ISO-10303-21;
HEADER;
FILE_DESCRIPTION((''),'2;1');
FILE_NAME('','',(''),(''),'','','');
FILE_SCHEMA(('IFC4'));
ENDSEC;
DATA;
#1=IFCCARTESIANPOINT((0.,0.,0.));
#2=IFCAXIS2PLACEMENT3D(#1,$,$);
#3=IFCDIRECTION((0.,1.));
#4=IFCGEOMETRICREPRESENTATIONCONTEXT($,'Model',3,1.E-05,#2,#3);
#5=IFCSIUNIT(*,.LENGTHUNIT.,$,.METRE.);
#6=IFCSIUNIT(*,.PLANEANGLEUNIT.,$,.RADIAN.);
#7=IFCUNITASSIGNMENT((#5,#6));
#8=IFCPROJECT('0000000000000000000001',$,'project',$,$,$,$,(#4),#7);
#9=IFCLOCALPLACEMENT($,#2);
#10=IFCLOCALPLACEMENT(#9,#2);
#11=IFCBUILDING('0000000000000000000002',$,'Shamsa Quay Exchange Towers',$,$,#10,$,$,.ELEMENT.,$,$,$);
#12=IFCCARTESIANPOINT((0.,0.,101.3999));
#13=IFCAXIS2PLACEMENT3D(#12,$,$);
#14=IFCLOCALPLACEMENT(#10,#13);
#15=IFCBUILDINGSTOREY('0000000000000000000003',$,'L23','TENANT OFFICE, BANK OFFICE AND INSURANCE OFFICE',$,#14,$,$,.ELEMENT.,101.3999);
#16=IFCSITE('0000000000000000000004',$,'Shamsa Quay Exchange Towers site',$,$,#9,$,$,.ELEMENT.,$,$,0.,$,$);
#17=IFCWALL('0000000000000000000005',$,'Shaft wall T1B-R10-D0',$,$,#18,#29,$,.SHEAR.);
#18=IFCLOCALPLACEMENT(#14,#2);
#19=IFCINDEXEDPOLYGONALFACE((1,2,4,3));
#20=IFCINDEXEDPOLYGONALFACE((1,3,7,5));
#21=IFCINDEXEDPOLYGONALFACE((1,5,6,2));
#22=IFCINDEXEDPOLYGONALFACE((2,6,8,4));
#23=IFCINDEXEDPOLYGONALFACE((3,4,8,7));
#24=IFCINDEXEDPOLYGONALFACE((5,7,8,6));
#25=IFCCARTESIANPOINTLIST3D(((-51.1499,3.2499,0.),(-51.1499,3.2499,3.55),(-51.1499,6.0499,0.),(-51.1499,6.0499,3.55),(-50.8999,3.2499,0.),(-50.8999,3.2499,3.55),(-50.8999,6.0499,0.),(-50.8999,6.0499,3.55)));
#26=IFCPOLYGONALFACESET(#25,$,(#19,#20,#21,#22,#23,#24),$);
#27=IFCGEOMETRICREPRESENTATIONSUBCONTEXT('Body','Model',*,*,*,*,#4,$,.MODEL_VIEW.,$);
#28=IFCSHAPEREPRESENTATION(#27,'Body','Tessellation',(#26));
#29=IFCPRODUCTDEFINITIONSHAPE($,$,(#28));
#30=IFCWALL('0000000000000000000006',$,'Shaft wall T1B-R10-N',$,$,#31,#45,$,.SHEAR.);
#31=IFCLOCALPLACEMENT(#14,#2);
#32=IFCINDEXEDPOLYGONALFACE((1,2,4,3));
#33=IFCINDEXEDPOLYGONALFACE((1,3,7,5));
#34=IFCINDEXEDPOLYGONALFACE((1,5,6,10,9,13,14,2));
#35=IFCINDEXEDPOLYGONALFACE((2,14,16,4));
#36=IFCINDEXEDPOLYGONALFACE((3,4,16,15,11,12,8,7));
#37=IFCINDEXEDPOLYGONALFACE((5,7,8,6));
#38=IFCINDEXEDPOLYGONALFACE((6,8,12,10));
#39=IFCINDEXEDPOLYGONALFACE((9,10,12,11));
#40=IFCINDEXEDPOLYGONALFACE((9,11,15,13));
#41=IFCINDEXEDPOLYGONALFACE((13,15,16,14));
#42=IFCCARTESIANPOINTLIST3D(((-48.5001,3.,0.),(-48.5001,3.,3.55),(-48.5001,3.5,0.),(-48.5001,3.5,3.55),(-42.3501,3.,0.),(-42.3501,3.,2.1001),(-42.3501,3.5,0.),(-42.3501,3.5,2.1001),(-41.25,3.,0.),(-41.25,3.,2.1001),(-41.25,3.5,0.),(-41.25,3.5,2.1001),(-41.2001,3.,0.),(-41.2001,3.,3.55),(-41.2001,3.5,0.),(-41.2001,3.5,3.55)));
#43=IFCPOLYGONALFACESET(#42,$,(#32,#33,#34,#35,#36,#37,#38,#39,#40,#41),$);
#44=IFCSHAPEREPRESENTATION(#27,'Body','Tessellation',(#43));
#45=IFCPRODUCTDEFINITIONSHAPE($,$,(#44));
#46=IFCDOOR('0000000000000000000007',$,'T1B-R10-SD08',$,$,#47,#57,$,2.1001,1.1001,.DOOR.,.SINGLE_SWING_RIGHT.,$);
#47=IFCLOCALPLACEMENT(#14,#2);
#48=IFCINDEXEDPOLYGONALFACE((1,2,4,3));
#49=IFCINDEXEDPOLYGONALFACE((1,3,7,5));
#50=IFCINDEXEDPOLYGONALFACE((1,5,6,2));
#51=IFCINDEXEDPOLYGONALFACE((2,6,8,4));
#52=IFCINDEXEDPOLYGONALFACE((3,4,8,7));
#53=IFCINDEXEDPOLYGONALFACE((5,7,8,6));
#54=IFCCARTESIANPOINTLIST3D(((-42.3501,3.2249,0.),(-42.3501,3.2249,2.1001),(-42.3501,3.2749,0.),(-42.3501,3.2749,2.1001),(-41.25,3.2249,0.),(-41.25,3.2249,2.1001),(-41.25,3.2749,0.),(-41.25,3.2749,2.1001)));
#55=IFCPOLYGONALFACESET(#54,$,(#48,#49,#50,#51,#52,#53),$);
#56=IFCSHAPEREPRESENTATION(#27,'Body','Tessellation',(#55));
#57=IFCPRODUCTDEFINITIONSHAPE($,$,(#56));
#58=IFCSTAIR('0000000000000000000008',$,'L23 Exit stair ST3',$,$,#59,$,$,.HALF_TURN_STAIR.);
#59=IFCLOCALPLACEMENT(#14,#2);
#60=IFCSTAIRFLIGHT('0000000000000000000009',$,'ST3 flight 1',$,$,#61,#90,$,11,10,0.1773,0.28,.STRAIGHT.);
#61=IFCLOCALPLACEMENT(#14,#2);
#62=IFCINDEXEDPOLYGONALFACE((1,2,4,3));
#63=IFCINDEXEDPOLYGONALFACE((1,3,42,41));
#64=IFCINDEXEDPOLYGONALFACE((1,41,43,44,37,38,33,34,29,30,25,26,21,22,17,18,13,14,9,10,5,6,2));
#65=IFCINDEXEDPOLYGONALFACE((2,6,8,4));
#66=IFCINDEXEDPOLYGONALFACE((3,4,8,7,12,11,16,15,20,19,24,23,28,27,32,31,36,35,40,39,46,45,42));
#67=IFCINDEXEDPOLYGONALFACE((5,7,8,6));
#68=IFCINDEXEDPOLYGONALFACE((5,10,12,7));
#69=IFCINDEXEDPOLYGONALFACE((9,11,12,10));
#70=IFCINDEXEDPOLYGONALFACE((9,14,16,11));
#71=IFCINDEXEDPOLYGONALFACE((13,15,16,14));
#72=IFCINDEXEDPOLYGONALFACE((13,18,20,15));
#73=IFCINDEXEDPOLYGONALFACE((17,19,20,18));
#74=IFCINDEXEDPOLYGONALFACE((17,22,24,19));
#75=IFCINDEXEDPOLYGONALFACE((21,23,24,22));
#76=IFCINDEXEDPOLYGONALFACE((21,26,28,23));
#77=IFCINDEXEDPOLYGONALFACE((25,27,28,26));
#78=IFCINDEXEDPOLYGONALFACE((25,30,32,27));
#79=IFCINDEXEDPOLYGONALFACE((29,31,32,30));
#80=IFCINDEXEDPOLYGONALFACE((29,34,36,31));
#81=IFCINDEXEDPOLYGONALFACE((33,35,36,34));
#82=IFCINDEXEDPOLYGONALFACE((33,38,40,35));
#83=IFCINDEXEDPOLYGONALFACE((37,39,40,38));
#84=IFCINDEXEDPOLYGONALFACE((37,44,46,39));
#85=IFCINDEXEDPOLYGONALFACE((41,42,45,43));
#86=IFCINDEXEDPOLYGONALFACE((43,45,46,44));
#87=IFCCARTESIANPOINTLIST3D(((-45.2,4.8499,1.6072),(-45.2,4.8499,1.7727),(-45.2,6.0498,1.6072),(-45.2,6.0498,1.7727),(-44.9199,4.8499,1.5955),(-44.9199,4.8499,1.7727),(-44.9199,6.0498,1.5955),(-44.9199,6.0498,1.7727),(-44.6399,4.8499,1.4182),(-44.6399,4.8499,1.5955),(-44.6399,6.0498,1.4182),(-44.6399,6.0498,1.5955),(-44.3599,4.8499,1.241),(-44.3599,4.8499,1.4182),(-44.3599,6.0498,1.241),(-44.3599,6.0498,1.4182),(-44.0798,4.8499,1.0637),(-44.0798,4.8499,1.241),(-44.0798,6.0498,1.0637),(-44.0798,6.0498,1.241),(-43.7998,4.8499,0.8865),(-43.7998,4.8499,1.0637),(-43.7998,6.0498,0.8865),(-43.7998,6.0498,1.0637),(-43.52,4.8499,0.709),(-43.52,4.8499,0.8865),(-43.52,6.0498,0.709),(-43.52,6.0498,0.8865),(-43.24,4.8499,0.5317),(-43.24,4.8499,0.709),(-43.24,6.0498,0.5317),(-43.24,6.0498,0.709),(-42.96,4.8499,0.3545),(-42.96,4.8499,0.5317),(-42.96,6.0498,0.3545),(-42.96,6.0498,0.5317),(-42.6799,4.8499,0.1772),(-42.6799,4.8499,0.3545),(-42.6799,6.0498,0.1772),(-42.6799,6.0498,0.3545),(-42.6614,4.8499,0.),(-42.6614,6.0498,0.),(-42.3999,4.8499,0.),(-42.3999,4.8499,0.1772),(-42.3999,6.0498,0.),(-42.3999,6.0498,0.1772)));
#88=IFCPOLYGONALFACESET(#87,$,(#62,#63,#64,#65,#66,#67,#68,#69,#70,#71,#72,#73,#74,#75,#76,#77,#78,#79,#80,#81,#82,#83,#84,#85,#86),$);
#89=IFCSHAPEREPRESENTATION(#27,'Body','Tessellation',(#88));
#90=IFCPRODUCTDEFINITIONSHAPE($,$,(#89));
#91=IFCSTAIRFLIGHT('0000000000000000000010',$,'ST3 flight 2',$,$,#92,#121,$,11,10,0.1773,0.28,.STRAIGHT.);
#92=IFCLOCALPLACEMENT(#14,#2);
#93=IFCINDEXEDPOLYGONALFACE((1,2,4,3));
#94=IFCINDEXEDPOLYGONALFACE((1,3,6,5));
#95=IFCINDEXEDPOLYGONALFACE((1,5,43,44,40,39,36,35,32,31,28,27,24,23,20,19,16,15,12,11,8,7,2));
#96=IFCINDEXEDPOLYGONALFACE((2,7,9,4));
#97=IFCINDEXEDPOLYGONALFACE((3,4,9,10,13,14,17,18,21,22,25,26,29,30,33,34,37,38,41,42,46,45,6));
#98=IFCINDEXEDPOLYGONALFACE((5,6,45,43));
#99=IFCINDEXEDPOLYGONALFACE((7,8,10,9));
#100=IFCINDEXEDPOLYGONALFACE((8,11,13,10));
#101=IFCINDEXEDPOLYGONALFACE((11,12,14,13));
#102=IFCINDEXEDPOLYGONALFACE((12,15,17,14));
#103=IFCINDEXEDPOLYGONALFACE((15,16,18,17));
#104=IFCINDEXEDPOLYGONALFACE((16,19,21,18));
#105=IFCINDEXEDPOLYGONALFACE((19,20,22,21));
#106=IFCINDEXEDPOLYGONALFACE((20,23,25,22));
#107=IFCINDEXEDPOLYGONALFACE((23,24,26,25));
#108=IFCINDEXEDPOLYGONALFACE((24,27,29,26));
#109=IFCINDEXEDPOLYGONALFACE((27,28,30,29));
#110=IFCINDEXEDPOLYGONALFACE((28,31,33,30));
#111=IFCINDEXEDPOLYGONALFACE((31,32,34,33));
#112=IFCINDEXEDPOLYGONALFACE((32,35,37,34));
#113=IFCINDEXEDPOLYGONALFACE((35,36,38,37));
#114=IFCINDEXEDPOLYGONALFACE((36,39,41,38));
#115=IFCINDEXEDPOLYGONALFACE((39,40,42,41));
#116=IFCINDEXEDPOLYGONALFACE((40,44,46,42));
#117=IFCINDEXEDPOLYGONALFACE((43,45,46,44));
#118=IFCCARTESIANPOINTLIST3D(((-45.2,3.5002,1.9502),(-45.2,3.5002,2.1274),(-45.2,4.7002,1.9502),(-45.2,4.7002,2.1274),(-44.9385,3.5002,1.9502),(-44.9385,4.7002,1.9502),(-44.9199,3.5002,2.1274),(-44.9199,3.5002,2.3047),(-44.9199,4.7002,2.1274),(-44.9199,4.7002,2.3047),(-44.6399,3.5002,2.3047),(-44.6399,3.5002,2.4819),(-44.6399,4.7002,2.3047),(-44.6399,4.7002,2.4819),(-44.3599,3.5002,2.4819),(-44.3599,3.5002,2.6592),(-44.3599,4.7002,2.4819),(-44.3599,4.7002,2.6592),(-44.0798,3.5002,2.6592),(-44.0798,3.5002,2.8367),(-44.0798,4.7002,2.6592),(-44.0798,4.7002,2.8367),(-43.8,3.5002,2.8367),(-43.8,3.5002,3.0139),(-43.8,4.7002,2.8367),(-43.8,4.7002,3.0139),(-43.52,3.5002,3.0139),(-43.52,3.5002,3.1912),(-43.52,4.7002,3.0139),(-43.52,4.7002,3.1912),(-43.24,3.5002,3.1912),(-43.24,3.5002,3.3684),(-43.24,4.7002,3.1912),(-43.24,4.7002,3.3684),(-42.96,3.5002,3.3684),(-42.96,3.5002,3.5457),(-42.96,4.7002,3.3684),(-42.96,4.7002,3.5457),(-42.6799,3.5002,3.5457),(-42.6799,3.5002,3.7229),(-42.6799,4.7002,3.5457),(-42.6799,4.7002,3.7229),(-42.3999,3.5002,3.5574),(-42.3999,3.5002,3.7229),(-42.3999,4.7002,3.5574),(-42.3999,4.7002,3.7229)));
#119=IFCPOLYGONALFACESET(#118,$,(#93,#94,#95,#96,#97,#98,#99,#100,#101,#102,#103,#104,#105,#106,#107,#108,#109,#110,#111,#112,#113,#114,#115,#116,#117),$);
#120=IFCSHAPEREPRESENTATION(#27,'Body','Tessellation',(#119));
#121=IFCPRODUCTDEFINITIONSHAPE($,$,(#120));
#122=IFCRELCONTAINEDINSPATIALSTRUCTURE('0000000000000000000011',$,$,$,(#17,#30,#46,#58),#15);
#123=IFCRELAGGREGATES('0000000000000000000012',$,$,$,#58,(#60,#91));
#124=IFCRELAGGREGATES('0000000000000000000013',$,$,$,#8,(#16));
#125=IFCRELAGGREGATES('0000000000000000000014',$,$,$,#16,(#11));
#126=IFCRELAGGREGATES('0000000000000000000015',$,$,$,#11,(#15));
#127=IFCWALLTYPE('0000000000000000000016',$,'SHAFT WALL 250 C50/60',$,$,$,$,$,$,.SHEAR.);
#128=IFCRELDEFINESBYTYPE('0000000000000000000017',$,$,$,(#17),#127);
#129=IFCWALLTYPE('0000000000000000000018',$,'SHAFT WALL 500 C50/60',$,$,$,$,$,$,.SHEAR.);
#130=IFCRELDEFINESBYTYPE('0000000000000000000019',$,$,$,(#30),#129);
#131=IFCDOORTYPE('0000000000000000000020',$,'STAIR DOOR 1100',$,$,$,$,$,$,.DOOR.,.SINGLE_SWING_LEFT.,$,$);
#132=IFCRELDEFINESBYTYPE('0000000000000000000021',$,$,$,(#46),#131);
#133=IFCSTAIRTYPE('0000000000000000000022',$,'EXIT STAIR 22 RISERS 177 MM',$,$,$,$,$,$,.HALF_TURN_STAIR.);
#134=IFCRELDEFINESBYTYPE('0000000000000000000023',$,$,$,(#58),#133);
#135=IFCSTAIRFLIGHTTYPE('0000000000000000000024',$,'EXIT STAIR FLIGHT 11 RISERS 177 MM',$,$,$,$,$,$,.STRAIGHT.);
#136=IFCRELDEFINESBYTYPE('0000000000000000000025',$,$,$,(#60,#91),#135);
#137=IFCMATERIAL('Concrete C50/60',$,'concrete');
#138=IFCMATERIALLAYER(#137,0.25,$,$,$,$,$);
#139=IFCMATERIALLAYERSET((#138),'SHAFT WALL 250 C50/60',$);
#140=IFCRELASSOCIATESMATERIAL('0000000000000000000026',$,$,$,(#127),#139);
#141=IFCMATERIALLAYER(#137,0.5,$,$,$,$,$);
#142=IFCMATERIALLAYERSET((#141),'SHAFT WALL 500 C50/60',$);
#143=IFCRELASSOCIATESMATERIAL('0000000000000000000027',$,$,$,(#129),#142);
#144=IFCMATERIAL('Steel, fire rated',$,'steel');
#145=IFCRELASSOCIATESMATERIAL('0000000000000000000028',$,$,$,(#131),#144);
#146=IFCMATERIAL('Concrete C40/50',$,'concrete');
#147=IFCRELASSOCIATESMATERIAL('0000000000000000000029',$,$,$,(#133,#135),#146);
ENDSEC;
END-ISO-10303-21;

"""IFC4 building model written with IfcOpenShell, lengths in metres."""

from ifc_helpers import new_model, si_unit, direction, frame, frame_2d, origin, place, context, subcontext, project, spatial, polyline, rectangle, outline, extrude, material, layer, layer_set, type_object, element, fill, aggregate, save


model = new_model("IFC4")

# Units and contexts
model_context = context("Model", 3, precision=1e-05, world=origin(), true_north=direction((0.0, 1.0)))
body_context = subcontext(model_context, "Body", "Model", "MODEL_VIEW")
ifc_project = project(units=[si_unit("LENGTHUNIT", "METRE"), si_unit("PLANEANGLEUNIT", "RADIAN")], contexts=[model_context])

# Site, building, storey
site_placement = place(None, origin())
site = spatial("IfcSite", under=ifc_project, at=site_placement, Name="Shamsa Quay Exchange Towers site", CompositionType="ELEMENT", RefElevation=0.0)
building_placement = place(site_placement, origin())
building = spatial("IfcBuilding", under=site, at=building_placement, Name="Shamsa Quay Exchange Towers", CompositionType="ELEMENT")
storey_placement = place(building_placement, frame((0.0, 0.0, 101.3999)))
storey = spatial("IfcBuildingStorey", under=building, at=storey_placement, Name="L23", Description="TENANT OFFICE, BANK OFFICE AND INSURANCE OFFICE", CompositionType="ELEMENT", Elevation=101.3999)

# Shared definitions
ifc_material_1 = material(Name="Concrete C50/60", Category="concrete")
ifc_layer_1 = layer(ifc_material_1, 0.25)
ifc_layer_set_1 = layer_set([ifc_layer_1], Name="SHAFT WALL 250 C50/60")
wall_type_1 = type_object("IfcWallType", Name="SHAFT WALL 250 C50/60", PredefinedType="SHEAR", material=ifc_layer_set_1)
ifc_material_2 = material(Name="Steel, fire rated", Category="steel")

# Wall
for number, where, z_axis, x_axis, name in (
    (1, (-51.0249, 3.25, 0.0), (0.0, 0.0, 1.0), (0.0, 1.0, 0.0), "Shaft wall T1B-R10-D0"),
):
    element("IfcWall", number, at=place(storey_placement, frame(where, z_axis=z_axis, x_axis=x_axis)), inside=storey, type_object=wall_type_1, Name=name, PredefinedType="SHEAR", context=body_context, shape_type="SweptSolid", body=[
        extrude(rectangle(XDim=2.8, YDim=0.25, at=frame_2d((1.3999, 0.0))), origin(), (0.0, 0.0, 1.0), 3.55),
    ])

# Wall, opening, door
ifc_layer_2 = layer(ifc_material_1, 0.5)
ifc_layer_set_2 = layer_set([ifc_layer_2], Name="SHAFT WALL 500 C50/60")
wall_type_2 = type_object("IfcWallType", Name="SHAFT WALL 500 C50/60", PredefinedType="SHEAR", material=ifc_layer_set_2)
wall_1_placement = place(storey_placement, frame((-48.5, 3.25, 0.0)))
wall_1 = element("IfcWall", 2, at=wall_1_placement, inside=storey, type_object=wall_type_2, Name="Shaft wall T1B-R10-N", PredefinedType="SHEAR", context=body_context, shape_type="SweptSolid", body=[
    extrude(rectangle(XDim=7.3, YDim=0.5, at=frame_2d((3.6499, 0.0))), origin(), (0.0, 0.0, 1.0), 3.55),
])
opening_1_placement = place(wall_1_placement, frame((6.1499, 0.0, 0.0)))
opening_1 = element("IfcOpeningElement", 3, at=opening_1_placement, cuts=wall_1, PredefinedType="OPENING", context=body_context, shape_type="SweptSolid", body=[
    extrude(rectangle(XDim=1.1001, YDim=2.1001, at=frame_2d((0.55, 1.05))), frame((0.0, 0.26, 0.0), z_axis=(0.0, -1.0, 0.0), x_axis=(1.0, 0.0, 0.0)), (0.0, 0.0, 1.0), 0.52),
])
door_type_1 = type_object("IfcDoorType", Name="STAIR DOOR 1100", OperationType="SINGLE_SWING_LEFT", PredefinedType="DOOR", material=ifc_material_2)
door_1_placement = place(opening_1_placement, origin())
door_1 = element("IfcDoor", 4, at=door_1_placement, inside=storey, type_object=door_type_1, Name="T1B-R10-SD08", OperationType="SINGLE_SWING_RIGHT", OverallHeight=2.1001, OverallWidth=1.1001, PredefinedType="DOOR", context=body_context, shape_type="SweptSolid", body=[
    extrude(rectangle(XDim=1.1001, YDim=2.1001, at=frame_2d((0.55, 1.05))), frame((0.0, 0.0249, 0.0), z_axis=(0.0, -1.0, 0.0), x_axis=(1.0, 0.0, 0.0)), (0.0, 0.0, 1.0), 0.05),
])
fill(opening_1, door_1)

# Stair, stair flights
ifc_material_3 = material(Name="Concrete C40/50", Category="concrete")
stair_type = type_object("IfcStairType", Name="EXIT STAIR 22 RISERS 177 MM", PredefinedType="HALF_TURN_STAIR", material=ifc_material_3)
stair_placement = place(storey_placement, origin())
stair = element("IfcStair", 5, at=stair_placement, inside=storey, type_object=stair_type, Name="L23 Exit stair ST3", PredefinedType="HALF_TURN_STAIR")
stair_flight_type = type_object("IfcStairFlightType", Name="EXIT STAIR FLIGHT 11 RISERS 177 MM", PredefinedType="STRAIGHT", material=ifc_material_3)
stair_flight_1_placement = place(storey_placement, frame((-42.3999, 5.45, 0.0), z_axis=(0.0, 0.0, 1.0), x_axis=(-1.0, 0.0, 0.0)))
stair_flight_1 = element("IfcStairFlight", 6, at=stair_flight_1_placement, type_object=stair_flight_type, Name="ST3 flight 1", NumberOfRisers=11, NumberOfTreads=10, PredefinedType="STRAIGHT", RiserHeight=0.1773, TreadLength=0.28, context=body_context, shape_type="SweptSolid", body=[
    extrude(outline(polyline([(0.0, 0.0), (0.0, 0.1772), (0.28, 0.1772), (0.28, 0.3545), (0.5601, 0.3545), (0.5601, 0.5317), (0.8401, 0.5317), (0.8401, 0.709), (1.1201, 0.709), (1.1201, 0.8865), (1.3999, 0.8865), (1.3999, 1.0637), (1.6799, 1.0637), (1.6799, 1.241), (1.96, 1.241), (1.96, 1.4182), (2.24, 1.4182), (2.24, 1.5955), (2.52, 1.5955), (2.52, 1.7727), (2.8, 1.7727), (2.8, 1.95), (2.8, 1.6072), (0.2615, 0.0), (0.0, 0.0)])), frame((0.0, 0.6001, 0.0), z_axis=(0.0, -1.0, 0.0), x_axis=(1.0, 0.0, 0.0)), (0.0, 0.0, 1.0), 1.2),
])
stair_flight_2_placement = place(storey_placement, frame((-45.2, 4.1001, 1.9502)))
stair_flight_2 = element("IfcStairFlight", 7, at=stair_flight_2_placement, type_object=stair_flight_type, Name="ST3 flight 2", NumberOfRisers=11, NumberOfTreads=10, PredefinedType="STRAIGHT", RiserHeight=0.1773, TreadLength=0.28, context=body_context, shape_type="SweptSolid", body=[
    extrude(outline(polyline([(0.0, 0.0), (0.0, 0.1772), (0.28, 0.1772), (0.28, 0.3545), (0.5601, 0.3545), (0.5601, 0.5317), (0.8401, 0.5317), (0.8401, 0.709), (1.1201, 0.709), (1.1201, 0.8865), (1.3999, 0.8865), (1.3999, 1.0637), (1.6799, 1.0637), (1.6799, 1.241), (1.96, 1.241), (1.96, 1.4182), (2.24, 1.4182), (2.24, 1.5955), (2.52, 1.5955), (2.52, 1.7727), (2.8, 1.7727), (2.8, 1.95), (2.8, 1.6072), (0.2615, 0.0), (0.0, 0.0)])), frame((0.0, 0.6001, 0.0), z_axis=(0.0, -1.0, 0.0), x_axis=(1.0, 0.0, 0.0)), (0.0, 0.0, 1.0), 1.2),
])
aggregate(stair, [stair_flight_1, stair_flight_2])

save(model, "model.ifc")
